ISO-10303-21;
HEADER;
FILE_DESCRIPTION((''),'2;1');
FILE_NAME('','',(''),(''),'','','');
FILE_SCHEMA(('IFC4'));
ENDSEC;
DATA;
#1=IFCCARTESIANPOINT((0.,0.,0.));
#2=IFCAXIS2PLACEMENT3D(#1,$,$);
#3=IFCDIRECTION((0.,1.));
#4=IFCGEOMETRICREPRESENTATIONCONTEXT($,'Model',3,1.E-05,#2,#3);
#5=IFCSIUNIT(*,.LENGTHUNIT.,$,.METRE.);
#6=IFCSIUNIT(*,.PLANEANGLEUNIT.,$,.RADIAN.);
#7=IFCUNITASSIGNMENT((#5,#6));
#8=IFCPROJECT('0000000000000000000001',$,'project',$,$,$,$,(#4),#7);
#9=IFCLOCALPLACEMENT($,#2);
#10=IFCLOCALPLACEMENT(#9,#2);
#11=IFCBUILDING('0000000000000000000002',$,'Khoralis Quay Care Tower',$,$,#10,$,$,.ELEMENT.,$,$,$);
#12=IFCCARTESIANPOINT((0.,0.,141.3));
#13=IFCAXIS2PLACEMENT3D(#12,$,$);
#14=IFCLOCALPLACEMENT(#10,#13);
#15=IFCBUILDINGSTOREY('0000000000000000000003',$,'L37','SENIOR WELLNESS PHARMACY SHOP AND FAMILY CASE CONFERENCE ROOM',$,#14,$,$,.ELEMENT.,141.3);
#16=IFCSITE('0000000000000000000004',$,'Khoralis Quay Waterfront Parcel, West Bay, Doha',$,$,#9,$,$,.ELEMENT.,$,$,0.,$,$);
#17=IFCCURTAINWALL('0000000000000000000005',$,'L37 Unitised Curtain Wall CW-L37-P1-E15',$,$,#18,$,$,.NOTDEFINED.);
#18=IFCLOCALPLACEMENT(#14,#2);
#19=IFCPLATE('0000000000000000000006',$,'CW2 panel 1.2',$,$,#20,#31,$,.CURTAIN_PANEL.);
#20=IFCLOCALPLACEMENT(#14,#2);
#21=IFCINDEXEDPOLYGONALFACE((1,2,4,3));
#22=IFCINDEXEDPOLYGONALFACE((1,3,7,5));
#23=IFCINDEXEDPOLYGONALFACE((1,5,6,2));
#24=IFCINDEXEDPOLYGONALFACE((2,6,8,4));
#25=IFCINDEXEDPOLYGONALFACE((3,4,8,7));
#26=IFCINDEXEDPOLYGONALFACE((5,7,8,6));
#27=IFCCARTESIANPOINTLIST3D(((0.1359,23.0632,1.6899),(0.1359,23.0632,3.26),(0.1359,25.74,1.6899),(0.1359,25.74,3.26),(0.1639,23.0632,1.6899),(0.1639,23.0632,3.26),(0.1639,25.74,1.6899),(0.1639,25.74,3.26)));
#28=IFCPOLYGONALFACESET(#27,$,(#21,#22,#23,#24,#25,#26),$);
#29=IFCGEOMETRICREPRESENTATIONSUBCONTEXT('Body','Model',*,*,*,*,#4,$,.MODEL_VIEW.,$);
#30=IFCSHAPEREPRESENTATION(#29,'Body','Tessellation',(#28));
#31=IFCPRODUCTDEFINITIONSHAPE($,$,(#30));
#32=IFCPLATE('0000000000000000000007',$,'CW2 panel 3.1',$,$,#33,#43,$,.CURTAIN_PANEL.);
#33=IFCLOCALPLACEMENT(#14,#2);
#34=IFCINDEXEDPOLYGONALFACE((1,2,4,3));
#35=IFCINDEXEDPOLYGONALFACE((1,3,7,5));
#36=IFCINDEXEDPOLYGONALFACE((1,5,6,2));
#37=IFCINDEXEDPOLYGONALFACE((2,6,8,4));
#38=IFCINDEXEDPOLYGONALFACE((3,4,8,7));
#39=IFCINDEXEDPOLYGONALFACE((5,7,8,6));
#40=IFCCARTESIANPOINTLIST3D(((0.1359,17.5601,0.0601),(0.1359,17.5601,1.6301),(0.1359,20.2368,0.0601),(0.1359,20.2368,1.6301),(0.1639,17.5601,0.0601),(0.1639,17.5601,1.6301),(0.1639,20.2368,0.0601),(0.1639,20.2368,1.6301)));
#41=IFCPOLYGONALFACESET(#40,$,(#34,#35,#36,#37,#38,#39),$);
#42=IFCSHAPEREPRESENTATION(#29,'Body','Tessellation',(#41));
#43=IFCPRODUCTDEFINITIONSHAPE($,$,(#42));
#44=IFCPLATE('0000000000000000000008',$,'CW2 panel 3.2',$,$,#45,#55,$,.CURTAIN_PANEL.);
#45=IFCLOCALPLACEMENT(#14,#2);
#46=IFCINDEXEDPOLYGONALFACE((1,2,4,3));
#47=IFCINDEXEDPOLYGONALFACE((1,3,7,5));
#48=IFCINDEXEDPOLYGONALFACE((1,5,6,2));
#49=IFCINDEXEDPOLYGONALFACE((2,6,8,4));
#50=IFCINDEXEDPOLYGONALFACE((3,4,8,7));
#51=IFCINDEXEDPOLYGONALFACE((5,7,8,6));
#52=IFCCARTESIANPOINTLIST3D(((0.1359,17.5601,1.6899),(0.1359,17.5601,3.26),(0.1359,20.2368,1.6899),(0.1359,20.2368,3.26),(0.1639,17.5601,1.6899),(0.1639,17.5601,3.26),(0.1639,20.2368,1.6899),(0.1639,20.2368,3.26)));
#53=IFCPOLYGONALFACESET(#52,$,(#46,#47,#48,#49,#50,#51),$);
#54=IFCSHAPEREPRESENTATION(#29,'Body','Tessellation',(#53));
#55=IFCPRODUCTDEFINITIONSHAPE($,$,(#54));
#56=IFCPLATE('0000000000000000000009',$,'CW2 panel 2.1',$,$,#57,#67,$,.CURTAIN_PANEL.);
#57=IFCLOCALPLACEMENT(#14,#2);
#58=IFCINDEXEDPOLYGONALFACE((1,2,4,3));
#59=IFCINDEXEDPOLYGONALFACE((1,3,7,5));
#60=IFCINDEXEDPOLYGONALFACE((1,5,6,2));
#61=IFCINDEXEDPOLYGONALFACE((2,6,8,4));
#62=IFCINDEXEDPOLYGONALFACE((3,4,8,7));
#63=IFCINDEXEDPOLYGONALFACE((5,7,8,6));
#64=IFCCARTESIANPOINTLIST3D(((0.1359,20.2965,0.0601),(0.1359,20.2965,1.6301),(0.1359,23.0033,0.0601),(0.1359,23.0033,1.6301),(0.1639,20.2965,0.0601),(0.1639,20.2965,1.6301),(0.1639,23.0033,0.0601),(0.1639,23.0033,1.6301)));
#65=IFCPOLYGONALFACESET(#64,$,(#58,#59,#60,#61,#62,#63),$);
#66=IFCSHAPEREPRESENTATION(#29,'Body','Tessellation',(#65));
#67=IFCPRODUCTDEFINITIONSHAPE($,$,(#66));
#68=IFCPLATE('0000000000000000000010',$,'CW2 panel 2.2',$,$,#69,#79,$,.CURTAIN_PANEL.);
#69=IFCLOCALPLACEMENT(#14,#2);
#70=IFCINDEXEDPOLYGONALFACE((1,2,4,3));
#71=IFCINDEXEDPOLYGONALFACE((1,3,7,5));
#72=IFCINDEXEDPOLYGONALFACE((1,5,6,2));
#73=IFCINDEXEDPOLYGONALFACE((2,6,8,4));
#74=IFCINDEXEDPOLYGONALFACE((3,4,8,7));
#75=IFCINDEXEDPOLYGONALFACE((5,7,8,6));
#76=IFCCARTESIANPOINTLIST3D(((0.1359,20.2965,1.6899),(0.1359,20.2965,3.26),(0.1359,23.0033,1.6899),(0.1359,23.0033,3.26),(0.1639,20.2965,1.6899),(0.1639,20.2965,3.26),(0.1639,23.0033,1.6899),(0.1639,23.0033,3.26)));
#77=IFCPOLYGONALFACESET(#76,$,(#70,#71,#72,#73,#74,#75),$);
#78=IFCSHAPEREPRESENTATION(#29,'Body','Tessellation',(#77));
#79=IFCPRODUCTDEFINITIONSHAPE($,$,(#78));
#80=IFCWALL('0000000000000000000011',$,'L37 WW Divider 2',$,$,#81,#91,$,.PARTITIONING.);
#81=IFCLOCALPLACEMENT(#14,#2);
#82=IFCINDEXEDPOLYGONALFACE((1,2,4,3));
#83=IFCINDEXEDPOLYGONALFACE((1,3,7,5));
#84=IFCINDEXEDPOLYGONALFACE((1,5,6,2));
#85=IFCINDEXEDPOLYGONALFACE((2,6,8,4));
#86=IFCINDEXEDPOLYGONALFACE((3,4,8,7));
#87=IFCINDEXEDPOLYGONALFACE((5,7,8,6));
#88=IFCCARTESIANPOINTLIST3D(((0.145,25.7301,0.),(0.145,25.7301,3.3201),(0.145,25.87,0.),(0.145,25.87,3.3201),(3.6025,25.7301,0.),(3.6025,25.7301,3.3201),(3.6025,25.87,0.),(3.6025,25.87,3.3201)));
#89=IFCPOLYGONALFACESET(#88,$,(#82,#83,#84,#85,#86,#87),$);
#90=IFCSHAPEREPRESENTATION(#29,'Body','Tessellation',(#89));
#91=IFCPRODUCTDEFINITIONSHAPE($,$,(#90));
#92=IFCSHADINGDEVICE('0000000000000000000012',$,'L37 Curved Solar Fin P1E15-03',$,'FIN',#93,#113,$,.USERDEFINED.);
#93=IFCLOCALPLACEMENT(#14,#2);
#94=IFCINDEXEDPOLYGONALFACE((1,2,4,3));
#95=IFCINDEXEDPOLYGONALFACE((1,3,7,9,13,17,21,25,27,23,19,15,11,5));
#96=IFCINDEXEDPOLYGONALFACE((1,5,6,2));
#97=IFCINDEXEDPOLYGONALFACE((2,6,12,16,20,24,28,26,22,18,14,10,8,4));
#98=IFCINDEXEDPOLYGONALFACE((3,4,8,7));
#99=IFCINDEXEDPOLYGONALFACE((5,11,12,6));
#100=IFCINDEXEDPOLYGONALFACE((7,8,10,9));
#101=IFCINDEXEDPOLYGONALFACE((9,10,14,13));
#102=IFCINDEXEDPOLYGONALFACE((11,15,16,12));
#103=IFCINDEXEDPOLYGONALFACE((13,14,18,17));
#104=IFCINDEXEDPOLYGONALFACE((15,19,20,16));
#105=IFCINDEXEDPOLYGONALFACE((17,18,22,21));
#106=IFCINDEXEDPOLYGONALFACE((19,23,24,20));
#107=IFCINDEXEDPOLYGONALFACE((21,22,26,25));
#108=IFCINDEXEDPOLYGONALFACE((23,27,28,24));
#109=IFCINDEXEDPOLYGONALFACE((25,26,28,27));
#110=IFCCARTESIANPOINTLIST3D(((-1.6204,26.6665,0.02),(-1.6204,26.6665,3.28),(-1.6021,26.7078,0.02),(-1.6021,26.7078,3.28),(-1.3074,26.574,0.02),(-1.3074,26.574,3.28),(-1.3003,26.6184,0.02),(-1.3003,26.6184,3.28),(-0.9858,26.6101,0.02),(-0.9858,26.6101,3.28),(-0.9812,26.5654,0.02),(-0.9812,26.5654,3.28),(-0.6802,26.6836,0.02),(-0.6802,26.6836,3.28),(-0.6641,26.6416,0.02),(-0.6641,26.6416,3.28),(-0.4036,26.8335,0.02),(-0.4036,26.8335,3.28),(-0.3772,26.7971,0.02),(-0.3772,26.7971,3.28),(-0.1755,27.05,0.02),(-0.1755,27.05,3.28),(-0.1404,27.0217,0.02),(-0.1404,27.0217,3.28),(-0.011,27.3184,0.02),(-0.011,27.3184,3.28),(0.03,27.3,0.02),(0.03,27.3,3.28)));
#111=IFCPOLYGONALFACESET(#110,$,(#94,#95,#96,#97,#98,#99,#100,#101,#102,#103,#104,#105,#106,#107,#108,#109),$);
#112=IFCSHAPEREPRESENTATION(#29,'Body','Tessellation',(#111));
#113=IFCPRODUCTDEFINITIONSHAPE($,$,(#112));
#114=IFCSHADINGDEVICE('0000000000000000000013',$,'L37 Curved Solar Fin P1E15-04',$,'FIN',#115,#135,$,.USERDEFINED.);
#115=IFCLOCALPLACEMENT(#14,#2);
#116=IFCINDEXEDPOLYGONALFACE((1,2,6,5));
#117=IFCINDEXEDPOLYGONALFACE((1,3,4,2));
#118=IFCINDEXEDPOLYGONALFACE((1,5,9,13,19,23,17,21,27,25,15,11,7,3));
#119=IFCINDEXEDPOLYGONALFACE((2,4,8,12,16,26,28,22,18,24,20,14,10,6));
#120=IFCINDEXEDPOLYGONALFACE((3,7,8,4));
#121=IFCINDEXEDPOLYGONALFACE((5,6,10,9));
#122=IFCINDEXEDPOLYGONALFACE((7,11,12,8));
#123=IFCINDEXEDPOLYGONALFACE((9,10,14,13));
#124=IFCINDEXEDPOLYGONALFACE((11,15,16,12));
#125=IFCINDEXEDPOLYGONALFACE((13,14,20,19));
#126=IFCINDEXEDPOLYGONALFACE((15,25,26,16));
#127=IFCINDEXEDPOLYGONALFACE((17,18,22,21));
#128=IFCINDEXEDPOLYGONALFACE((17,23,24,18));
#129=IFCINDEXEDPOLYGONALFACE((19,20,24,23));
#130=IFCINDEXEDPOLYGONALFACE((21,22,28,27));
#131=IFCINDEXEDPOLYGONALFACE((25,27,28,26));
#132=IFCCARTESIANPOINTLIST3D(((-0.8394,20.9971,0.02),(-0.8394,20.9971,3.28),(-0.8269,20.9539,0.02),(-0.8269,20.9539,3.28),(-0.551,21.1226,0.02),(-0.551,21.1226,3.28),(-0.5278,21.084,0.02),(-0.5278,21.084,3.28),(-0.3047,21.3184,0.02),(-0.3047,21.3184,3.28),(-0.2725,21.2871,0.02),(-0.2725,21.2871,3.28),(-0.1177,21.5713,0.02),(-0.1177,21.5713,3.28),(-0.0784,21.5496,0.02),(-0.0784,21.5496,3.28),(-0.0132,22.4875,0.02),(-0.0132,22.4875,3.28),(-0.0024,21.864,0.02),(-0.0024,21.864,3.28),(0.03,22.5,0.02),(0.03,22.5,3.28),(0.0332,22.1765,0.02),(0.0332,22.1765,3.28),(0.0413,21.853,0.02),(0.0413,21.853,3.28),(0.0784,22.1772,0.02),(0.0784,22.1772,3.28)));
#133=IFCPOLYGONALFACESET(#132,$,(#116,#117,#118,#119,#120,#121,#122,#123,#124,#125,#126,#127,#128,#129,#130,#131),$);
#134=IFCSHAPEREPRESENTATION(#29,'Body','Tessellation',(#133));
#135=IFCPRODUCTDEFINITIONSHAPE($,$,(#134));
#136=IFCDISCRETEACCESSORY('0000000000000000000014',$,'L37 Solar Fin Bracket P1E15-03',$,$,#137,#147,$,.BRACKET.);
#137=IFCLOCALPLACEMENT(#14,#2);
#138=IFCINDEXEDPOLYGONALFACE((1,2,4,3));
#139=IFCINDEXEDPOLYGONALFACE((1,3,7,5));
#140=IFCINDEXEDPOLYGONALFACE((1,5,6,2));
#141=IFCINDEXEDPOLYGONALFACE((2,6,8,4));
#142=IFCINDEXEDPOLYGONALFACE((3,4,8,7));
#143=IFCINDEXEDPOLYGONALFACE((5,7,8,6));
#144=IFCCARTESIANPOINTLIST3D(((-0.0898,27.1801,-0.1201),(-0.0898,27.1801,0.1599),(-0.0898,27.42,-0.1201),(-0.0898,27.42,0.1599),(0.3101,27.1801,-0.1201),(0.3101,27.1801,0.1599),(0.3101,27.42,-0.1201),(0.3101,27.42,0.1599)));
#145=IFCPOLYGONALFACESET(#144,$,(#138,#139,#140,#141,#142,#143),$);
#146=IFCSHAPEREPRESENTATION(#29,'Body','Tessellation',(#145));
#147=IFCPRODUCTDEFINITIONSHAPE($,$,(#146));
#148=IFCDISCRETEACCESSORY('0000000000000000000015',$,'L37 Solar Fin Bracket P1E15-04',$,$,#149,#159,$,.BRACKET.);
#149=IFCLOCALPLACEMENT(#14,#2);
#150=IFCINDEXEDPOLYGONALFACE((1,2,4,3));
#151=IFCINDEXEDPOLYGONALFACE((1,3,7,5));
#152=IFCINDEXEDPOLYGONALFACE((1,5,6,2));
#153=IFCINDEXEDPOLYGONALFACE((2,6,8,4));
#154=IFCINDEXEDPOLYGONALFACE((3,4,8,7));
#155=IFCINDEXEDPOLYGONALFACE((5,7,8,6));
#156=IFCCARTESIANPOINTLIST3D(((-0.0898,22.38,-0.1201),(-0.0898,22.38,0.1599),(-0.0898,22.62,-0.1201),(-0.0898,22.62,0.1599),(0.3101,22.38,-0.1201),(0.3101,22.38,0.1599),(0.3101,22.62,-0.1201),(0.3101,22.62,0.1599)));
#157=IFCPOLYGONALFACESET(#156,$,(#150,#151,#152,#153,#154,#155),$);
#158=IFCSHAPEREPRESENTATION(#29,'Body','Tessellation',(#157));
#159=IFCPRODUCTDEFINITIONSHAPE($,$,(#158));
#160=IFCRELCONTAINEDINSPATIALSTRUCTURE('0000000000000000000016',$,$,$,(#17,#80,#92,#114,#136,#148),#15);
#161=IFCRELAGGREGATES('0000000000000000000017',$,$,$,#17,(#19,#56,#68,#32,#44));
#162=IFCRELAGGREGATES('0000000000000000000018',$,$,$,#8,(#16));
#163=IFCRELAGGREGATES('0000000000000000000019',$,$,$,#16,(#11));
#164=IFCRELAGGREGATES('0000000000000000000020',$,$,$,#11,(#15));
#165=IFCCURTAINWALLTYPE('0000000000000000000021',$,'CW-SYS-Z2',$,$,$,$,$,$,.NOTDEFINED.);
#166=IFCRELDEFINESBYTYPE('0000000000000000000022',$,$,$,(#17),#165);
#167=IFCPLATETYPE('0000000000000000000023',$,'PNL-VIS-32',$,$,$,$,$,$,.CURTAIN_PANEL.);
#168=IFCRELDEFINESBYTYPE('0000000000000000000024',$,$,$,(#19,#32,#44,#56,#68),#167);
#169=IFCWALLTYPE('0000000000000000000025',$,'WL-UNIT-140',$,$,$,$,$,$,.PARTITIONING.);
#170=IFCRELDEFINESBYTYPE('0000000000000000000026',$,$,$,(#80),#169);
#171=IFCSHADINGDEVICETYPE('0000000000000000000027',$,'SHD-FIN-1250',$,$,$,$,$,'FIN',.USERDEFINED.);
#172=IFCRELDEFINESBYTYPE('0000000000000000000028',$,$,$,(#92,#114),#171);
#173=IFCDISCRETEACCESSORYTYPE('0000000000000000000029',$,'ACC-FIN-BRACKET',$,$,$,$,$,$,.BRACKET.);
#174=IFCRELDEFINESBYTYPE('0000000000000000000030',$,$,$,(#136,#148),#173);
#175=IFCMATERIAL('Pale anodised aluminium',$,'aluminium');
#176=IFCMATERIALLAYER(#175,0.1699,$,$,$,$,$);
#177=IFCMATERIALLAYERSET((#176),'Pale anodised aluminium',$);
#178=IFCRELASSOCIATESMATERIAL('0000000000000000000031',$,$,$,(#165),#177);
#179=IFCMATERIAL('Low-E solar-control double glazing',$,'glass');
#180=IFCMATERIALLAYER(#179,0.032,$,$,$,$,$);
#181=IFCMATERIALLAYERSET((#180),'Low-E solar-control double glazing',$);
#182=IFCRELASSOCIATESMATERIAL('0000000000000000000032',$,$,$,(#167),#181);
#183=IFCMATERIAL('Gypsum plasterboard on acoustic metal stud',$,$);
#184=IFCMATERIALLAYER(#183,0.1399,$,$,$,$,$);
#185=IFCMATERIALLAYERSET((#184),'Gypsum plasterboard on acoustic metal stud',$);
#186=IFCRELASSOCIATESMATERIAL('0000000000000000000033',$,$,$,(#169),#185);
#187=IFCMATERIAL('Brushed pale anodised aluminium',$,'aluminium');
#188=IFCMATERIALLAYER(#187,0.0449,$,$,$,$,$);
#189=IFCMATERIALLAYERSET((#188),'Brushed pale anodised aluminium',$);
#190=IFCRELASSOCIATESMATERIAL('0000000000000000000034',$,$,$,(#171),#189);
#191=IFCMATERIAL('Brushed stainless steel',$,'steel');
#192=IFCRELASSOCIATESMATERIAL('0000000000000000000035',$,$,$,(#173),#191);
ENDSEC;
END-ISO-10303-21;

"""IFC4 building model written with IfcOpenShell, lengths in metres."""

from ifc_helpers import new_model, si_unit, direction, frame, frame_2d, origin, origin_2d, place, context, subcontext, project, spatial, polyline, rectangle, outline, extrude, source, transform, mapped, material, layer, layer_set, type_object, element, aggregate, save


model = new_model("IFC4")

# Units and contexts
model_context = context("Model", 3, precision=1e-05, world=origin(), true_north=direction((0.0, 1.0)))
body_context = subcontext(model_context, "Body", "Model", "MODEL_VIEW")
ifc_project = project(units=[si_unit("LENGTHUNIT", "METRE"), si_unit("PLANEANGLEUNIT", "RADIAN")], contexts=[model_context])

# Site, building, storey
site_placement = place(None, origin())
site = spatial("IfcSite", under=ifc_project, at=site_placement, Name="Khoralis Quay Waterfront Parcel, West Bay, Doha", CompositionType="ELEMENT", RefElevation=0.0)
building_placement = place(site_placement, origin())
building = spatial("IfcBuilding", under=site, at=building_placement, Name="Khoralis Quay Care Tower", CompositionType="ELEMENT")
storey_placement = place(building_placement, frame((0.0, 0.0, 141.3)))
storey = spatial("IfcBuildingStorey", under=building, at=storey_placement, Name="L37", Description="SENIOR WELLNESS PHARMACY SHOP AND FAMILY CASE CONFERENCE ROOM", CompositionType="ELEMENT", Elevation=141.3)

# Curtain wall, plates
ifc_material_1 = material(Name="Pale anodised aluminium", Category="aluminium")
ifc_layer_1 = layer(ifc_material_1, 0.1699)
ifc_layer_set_1 = layer_set([ifc_layer_1], Name="Pale anodised aluminium")
curtain_wall_type = type_object("IfcCurtainWallType", Name="CW-SYS-Z2", PredefinedType="NOTDEFINED", material=ifc_layer_set_1)
curtain_wall_placement = place(storey_placement, origin())
curtain_wall = element("IfcCurtainWall", 1, at=curtain_wall_placement, inside=storey, type_object=curtain_wall_type, Name="L37 Unitised Curtain Wall CW-L37-P1-E15", PredefinedType="NOTDEFINED")
ifc_material_2 = material(Name="Low-E solar-control double glazing", Category="glass")
ifc_layer_2 = layer(ifc_material_2, 0.032)
ifc_layer_set_2 = layer_set([ifc_layer_2], Name="Low-E solar-control double glazing")
plate_type = type_object("IfcPlateType", Name="PNL-VIS-32", PredefinedType="CURTAIN_PANEL", material=ifc_layer_set_2)
shared_shape_1 = source(origin(), body_context, "Body", "SweptSolid", [
    extrude(rectangle(XDim=2.6768, YDim=0.0281, at=origin_2d()), origin(), (0.0, 0.0, 1.0), 1.5701),
])
plate_1_placement = place(storey_placement, frame((0.1499, 24.4016, 1.6899), z_axis=(0.0, 0.0, 1.0), x_axis=(0.0, -1.0, 0.0)))
plate_1 = element("IfcPlate", 2, at=plate_1_placement, type_object=plate_type, Name="CW2 panel 1.2", PredefinedType="CURTAIN_PANEL", context=body_context, shape_type="MappedRepresentation", body=[
    mapped(shared_shape_1, transform((0.0, 0.0, 0.0), scale=1.0)),
])
plate_2_placement = place(storey_placement, frame((0.1499, 18.8984, 0.0601), z_axis=(0.0, 0.0, 1.0), x_axis=(0.0, -1.0, 0.0)))
plate_2 = element("IfcPlate", 3, at=plate_2_placement, type_object=plate_type, Name="CW2 panel 3.1", PredefinedType="CURTAIN_PANEL", context=body_context, shape_type="MappedRepresentation", body=[
    mapped(shared_shape_1, transform((0.0, 0.0, 0.0), scale=1.0)),
])
plate_3_placement = place(storey_placement, frame((0.1499, 18.8984, 1.6899), z_axis=(0.0, 0.0, 1.0), x_axis=(0.0, -1.0, 0.0)))
plate_3 = element("IfcPlate", 4, at=plate_3_placement, type_object=plate_type, Name="CW2 panel 3.2", PredefinedType="CURTAIN_PANEL", context=body_context, shape_type="MappedRepresentation", body=[
    mapped(shared_shape_1, transform((0.0, 0.0, 0.0), scale=1.0)),
])
shared_shape_2 = source(origin(), body_context, "Body", "SweptSolid", [
    extrude(rectangle(XDim=2.7068, YDim=0.0281, at=origin_2d()), origin(), (0.0, 0.0, 1.0), 1.5701),
])
plate_4_placement = place(storey_placement, frame((0.1499, 21.6499, 0.0601), z_axis=(0.0, 0.0, 1.0), x_axis=(0.0, -1.0, 0.0)))
plate_4 = element("IfcPlate", 5, at=plate_4_placement, type_object=plate_type, Name="CW2 panel 2.1", PredefinedType="CURTAIN_PANEL", context=body_context, shape_type="MappedRepresentation", body=[
    mapped(shared_shape_2, transform((0.0, 0.0, 0.0), scale=1.0)),
])
plate_5_placement = place(storey_placement, frame((0.1499, 21.6499, 1.6899), z_axis=(0.0, 0.0, 1.0), x_axis=(0.0, -1.0, 0.0)))
plate_5 = element("IfcPlate", 6, at=plate_5_placement, type_object=plate_type, Name="CW2 panel 2.2", PredefinedType="CURTAIN_PANEL", context=body_context, shape_type="MappedRepresentation", body=[
    mapped(shared_shape_2, transform((0.0, 0.0, 0.0), scale=1.0)),
])
aggregate(curtain_wall, [plate_1, plate_4, plate_5, plate_2, plate_3])

# Wall
ifc_material_3 = material(Name="Gypsum plasterboard on acoustic metal stud")
ifc_layer_3 = layer(ifc_material_3, 0.1399)
ifc_layer_set_3 = layer_set([ifc_layer_3], Name="Gypsum plasterboard on acoustic metal stud")
wall_type = type_object("IfcWallType", Name="WL-UNIT-140", PredefinedType="PARTITIONING", material=ifc_layer_set_3)
wall_placement = place(storey_placement, frame((0.145, 25.8, 0.0), z_axis=(0.0, 0.0, 1.0), x_axis=(1.0, 0.0, 0.0)))
element("IfcWall", 7, at=wall_placement, inside=storey, type_object=wall_type, Name="L37 WW Divider 2", PredefinedType="PARTITIONING", context=body_context, shape_type="SweptSolid", body=[
    extrude(rectangle(XDim=3.4575, YDim=0.1399, at=frame_2d((1.7288, 0.0))), origin(), (0.0, 0.0, 1.0), 3.3201),
])

# Shading devices
ifc_material_4 = material(Name="Brushed pale anodised aluminium", Category="aluminium")
ifc_layer_4 = layer(ifc_material_4, 0.0449)
ifc_layer_set_4 = layer_set([ifc_layer_4], Name="Brushed pale anodised aluminium")
shading_device_type = type_object("IfcShadingDeviceType", Name="SHD-FIN-1250", ElementType="FIN", PredefinedType="USERDEFINED", material=ifc_layer_set_4)
shared_shape_3 = source(origin(), body_context, "Body", "SweptSolid", [
    extrude(outline(polyline([(0.0, 0.0), (0.1704, 0.2783), (0.4072, 0.5029), (0.6941, 0.6584), (1.0112, 0.7346), (1.3374, 0.7261), (1.6504, 0.6335), (1.6321, 0.5923), (1.3303, 0.6816), (1.0159, 0.6899), (0.7102, 0.6165), (0.4336, 0.4666), (0.2056, 0.25), (0.041, -0.0183), (0.0, 0.0)])), origin(), (0.0, 0.0, 1.0), 3.26),
])
shading_device_1_placement = place(storey_placement, frame((0.03, 27.3, 0.02), z_axis=(0.0, 0.0, 1.0), x_axis=(-1.0, 0.0, 0.0)))
element("IfcShadingDevice", 8, at=shading_device_1_placement, inside=storey, type_object=shading_device_type, Name="L37 Curved Solar Fin P1E15-03", ObjectType="FIN", PredefinedType="USERDEFINED", context=body_context, shape_type="MappedRepresentation", body=[
    mapped(shared_shape_3, transform((0.0, 0.0, 0.0), scale=1.0)),
])
shared_shape_4 = source(origin(), body_context, "Body", "SweptSolid", [
    extrude(outline(polyline([(0.0, 0.0), (-0.0483, 0.3228), (-0.0112, 0.647), (0.1084, 0.9504), (0.3025, 1.2129), (0.5579, 1.416), (0.8569, 1.5461), (0.8694, 1.5029), (0.5811, 1.3774), (0.3347, 1.1816), (0.1477, 0.9287), (0.0325, 0.636), (-0.0032, 0.3235), (0.0432, 0.0125), (0.0, 0.0)])), origin(), (0.0, 0.0, 1.0), 3.26),
])
shading_device_2_placement = place(storey_placement, frame((0.03, 22.5, 0.02), z_axis=(0.0, 0.0, 1.0), x_axis=(-1.0, 0.0, 0.0)))
element("IfcShadingDevice", 9, at=shading_device_2_placement, inside=storey, type_object=shading_device_type, Name="L37 Curved Solar Fin P1E15-04", ObjectType="FIN", PredefinedType="USERDEFINED", context=body_context, shape_type="MappedRepresentation", body=[
    mapped(shared_shape_4, transform((0.0, 0.0, 0.0), scale=1.0)),
])

# Discrete accessories
ifc_material_5 = material(Name="Brushed stainless steel", Category="steel")
discrete_accessory_type = type_object("IfcDiscreteAccessoryType", Name="ACC-FIN-BRACKET", PredefinedType="BRACKET", material=ifc_material_5)
shared_shape_5 = source(origin(), body_context, "Body", "SweptSolid", [
    extrude(rectangle(XDim=0.3999, YDim=0.24, at=origin_2d()), origin(), (0.0, 0.0, 1.0), 0.28),
])
for number, where, z_axis, x_axis, name in (
    (10, (0.1101, 27.3, -0.1201), (0.0, 0.0, 1.0), (-1.0, 0.0, 0.0), "L37 Solar Fin Bracket P1E15-03"),
    (11, (0.1101, 22.5, -0.1201), (0.0, 0.0, 1.0), (-1.0, 0.0, 0.0), "L37 Solar Fin Bracket P1E15-04"),
):
    element("IfcDiscreteAccessory", number, at=place(storey_placement, frame(where, z_axis=z_axis, x_axis=x_axis)), inside=storey, type_object=discrete_accessory_type, Name=name, PredefinedType="BRACKET", context=body_context, shape_type="MappedRepresentation", body=[
        mapped(shared_shape_5, transform((0.0, 0.0, 0.0), scale=1.0)),
    ])

save(model, "model.ifc")
